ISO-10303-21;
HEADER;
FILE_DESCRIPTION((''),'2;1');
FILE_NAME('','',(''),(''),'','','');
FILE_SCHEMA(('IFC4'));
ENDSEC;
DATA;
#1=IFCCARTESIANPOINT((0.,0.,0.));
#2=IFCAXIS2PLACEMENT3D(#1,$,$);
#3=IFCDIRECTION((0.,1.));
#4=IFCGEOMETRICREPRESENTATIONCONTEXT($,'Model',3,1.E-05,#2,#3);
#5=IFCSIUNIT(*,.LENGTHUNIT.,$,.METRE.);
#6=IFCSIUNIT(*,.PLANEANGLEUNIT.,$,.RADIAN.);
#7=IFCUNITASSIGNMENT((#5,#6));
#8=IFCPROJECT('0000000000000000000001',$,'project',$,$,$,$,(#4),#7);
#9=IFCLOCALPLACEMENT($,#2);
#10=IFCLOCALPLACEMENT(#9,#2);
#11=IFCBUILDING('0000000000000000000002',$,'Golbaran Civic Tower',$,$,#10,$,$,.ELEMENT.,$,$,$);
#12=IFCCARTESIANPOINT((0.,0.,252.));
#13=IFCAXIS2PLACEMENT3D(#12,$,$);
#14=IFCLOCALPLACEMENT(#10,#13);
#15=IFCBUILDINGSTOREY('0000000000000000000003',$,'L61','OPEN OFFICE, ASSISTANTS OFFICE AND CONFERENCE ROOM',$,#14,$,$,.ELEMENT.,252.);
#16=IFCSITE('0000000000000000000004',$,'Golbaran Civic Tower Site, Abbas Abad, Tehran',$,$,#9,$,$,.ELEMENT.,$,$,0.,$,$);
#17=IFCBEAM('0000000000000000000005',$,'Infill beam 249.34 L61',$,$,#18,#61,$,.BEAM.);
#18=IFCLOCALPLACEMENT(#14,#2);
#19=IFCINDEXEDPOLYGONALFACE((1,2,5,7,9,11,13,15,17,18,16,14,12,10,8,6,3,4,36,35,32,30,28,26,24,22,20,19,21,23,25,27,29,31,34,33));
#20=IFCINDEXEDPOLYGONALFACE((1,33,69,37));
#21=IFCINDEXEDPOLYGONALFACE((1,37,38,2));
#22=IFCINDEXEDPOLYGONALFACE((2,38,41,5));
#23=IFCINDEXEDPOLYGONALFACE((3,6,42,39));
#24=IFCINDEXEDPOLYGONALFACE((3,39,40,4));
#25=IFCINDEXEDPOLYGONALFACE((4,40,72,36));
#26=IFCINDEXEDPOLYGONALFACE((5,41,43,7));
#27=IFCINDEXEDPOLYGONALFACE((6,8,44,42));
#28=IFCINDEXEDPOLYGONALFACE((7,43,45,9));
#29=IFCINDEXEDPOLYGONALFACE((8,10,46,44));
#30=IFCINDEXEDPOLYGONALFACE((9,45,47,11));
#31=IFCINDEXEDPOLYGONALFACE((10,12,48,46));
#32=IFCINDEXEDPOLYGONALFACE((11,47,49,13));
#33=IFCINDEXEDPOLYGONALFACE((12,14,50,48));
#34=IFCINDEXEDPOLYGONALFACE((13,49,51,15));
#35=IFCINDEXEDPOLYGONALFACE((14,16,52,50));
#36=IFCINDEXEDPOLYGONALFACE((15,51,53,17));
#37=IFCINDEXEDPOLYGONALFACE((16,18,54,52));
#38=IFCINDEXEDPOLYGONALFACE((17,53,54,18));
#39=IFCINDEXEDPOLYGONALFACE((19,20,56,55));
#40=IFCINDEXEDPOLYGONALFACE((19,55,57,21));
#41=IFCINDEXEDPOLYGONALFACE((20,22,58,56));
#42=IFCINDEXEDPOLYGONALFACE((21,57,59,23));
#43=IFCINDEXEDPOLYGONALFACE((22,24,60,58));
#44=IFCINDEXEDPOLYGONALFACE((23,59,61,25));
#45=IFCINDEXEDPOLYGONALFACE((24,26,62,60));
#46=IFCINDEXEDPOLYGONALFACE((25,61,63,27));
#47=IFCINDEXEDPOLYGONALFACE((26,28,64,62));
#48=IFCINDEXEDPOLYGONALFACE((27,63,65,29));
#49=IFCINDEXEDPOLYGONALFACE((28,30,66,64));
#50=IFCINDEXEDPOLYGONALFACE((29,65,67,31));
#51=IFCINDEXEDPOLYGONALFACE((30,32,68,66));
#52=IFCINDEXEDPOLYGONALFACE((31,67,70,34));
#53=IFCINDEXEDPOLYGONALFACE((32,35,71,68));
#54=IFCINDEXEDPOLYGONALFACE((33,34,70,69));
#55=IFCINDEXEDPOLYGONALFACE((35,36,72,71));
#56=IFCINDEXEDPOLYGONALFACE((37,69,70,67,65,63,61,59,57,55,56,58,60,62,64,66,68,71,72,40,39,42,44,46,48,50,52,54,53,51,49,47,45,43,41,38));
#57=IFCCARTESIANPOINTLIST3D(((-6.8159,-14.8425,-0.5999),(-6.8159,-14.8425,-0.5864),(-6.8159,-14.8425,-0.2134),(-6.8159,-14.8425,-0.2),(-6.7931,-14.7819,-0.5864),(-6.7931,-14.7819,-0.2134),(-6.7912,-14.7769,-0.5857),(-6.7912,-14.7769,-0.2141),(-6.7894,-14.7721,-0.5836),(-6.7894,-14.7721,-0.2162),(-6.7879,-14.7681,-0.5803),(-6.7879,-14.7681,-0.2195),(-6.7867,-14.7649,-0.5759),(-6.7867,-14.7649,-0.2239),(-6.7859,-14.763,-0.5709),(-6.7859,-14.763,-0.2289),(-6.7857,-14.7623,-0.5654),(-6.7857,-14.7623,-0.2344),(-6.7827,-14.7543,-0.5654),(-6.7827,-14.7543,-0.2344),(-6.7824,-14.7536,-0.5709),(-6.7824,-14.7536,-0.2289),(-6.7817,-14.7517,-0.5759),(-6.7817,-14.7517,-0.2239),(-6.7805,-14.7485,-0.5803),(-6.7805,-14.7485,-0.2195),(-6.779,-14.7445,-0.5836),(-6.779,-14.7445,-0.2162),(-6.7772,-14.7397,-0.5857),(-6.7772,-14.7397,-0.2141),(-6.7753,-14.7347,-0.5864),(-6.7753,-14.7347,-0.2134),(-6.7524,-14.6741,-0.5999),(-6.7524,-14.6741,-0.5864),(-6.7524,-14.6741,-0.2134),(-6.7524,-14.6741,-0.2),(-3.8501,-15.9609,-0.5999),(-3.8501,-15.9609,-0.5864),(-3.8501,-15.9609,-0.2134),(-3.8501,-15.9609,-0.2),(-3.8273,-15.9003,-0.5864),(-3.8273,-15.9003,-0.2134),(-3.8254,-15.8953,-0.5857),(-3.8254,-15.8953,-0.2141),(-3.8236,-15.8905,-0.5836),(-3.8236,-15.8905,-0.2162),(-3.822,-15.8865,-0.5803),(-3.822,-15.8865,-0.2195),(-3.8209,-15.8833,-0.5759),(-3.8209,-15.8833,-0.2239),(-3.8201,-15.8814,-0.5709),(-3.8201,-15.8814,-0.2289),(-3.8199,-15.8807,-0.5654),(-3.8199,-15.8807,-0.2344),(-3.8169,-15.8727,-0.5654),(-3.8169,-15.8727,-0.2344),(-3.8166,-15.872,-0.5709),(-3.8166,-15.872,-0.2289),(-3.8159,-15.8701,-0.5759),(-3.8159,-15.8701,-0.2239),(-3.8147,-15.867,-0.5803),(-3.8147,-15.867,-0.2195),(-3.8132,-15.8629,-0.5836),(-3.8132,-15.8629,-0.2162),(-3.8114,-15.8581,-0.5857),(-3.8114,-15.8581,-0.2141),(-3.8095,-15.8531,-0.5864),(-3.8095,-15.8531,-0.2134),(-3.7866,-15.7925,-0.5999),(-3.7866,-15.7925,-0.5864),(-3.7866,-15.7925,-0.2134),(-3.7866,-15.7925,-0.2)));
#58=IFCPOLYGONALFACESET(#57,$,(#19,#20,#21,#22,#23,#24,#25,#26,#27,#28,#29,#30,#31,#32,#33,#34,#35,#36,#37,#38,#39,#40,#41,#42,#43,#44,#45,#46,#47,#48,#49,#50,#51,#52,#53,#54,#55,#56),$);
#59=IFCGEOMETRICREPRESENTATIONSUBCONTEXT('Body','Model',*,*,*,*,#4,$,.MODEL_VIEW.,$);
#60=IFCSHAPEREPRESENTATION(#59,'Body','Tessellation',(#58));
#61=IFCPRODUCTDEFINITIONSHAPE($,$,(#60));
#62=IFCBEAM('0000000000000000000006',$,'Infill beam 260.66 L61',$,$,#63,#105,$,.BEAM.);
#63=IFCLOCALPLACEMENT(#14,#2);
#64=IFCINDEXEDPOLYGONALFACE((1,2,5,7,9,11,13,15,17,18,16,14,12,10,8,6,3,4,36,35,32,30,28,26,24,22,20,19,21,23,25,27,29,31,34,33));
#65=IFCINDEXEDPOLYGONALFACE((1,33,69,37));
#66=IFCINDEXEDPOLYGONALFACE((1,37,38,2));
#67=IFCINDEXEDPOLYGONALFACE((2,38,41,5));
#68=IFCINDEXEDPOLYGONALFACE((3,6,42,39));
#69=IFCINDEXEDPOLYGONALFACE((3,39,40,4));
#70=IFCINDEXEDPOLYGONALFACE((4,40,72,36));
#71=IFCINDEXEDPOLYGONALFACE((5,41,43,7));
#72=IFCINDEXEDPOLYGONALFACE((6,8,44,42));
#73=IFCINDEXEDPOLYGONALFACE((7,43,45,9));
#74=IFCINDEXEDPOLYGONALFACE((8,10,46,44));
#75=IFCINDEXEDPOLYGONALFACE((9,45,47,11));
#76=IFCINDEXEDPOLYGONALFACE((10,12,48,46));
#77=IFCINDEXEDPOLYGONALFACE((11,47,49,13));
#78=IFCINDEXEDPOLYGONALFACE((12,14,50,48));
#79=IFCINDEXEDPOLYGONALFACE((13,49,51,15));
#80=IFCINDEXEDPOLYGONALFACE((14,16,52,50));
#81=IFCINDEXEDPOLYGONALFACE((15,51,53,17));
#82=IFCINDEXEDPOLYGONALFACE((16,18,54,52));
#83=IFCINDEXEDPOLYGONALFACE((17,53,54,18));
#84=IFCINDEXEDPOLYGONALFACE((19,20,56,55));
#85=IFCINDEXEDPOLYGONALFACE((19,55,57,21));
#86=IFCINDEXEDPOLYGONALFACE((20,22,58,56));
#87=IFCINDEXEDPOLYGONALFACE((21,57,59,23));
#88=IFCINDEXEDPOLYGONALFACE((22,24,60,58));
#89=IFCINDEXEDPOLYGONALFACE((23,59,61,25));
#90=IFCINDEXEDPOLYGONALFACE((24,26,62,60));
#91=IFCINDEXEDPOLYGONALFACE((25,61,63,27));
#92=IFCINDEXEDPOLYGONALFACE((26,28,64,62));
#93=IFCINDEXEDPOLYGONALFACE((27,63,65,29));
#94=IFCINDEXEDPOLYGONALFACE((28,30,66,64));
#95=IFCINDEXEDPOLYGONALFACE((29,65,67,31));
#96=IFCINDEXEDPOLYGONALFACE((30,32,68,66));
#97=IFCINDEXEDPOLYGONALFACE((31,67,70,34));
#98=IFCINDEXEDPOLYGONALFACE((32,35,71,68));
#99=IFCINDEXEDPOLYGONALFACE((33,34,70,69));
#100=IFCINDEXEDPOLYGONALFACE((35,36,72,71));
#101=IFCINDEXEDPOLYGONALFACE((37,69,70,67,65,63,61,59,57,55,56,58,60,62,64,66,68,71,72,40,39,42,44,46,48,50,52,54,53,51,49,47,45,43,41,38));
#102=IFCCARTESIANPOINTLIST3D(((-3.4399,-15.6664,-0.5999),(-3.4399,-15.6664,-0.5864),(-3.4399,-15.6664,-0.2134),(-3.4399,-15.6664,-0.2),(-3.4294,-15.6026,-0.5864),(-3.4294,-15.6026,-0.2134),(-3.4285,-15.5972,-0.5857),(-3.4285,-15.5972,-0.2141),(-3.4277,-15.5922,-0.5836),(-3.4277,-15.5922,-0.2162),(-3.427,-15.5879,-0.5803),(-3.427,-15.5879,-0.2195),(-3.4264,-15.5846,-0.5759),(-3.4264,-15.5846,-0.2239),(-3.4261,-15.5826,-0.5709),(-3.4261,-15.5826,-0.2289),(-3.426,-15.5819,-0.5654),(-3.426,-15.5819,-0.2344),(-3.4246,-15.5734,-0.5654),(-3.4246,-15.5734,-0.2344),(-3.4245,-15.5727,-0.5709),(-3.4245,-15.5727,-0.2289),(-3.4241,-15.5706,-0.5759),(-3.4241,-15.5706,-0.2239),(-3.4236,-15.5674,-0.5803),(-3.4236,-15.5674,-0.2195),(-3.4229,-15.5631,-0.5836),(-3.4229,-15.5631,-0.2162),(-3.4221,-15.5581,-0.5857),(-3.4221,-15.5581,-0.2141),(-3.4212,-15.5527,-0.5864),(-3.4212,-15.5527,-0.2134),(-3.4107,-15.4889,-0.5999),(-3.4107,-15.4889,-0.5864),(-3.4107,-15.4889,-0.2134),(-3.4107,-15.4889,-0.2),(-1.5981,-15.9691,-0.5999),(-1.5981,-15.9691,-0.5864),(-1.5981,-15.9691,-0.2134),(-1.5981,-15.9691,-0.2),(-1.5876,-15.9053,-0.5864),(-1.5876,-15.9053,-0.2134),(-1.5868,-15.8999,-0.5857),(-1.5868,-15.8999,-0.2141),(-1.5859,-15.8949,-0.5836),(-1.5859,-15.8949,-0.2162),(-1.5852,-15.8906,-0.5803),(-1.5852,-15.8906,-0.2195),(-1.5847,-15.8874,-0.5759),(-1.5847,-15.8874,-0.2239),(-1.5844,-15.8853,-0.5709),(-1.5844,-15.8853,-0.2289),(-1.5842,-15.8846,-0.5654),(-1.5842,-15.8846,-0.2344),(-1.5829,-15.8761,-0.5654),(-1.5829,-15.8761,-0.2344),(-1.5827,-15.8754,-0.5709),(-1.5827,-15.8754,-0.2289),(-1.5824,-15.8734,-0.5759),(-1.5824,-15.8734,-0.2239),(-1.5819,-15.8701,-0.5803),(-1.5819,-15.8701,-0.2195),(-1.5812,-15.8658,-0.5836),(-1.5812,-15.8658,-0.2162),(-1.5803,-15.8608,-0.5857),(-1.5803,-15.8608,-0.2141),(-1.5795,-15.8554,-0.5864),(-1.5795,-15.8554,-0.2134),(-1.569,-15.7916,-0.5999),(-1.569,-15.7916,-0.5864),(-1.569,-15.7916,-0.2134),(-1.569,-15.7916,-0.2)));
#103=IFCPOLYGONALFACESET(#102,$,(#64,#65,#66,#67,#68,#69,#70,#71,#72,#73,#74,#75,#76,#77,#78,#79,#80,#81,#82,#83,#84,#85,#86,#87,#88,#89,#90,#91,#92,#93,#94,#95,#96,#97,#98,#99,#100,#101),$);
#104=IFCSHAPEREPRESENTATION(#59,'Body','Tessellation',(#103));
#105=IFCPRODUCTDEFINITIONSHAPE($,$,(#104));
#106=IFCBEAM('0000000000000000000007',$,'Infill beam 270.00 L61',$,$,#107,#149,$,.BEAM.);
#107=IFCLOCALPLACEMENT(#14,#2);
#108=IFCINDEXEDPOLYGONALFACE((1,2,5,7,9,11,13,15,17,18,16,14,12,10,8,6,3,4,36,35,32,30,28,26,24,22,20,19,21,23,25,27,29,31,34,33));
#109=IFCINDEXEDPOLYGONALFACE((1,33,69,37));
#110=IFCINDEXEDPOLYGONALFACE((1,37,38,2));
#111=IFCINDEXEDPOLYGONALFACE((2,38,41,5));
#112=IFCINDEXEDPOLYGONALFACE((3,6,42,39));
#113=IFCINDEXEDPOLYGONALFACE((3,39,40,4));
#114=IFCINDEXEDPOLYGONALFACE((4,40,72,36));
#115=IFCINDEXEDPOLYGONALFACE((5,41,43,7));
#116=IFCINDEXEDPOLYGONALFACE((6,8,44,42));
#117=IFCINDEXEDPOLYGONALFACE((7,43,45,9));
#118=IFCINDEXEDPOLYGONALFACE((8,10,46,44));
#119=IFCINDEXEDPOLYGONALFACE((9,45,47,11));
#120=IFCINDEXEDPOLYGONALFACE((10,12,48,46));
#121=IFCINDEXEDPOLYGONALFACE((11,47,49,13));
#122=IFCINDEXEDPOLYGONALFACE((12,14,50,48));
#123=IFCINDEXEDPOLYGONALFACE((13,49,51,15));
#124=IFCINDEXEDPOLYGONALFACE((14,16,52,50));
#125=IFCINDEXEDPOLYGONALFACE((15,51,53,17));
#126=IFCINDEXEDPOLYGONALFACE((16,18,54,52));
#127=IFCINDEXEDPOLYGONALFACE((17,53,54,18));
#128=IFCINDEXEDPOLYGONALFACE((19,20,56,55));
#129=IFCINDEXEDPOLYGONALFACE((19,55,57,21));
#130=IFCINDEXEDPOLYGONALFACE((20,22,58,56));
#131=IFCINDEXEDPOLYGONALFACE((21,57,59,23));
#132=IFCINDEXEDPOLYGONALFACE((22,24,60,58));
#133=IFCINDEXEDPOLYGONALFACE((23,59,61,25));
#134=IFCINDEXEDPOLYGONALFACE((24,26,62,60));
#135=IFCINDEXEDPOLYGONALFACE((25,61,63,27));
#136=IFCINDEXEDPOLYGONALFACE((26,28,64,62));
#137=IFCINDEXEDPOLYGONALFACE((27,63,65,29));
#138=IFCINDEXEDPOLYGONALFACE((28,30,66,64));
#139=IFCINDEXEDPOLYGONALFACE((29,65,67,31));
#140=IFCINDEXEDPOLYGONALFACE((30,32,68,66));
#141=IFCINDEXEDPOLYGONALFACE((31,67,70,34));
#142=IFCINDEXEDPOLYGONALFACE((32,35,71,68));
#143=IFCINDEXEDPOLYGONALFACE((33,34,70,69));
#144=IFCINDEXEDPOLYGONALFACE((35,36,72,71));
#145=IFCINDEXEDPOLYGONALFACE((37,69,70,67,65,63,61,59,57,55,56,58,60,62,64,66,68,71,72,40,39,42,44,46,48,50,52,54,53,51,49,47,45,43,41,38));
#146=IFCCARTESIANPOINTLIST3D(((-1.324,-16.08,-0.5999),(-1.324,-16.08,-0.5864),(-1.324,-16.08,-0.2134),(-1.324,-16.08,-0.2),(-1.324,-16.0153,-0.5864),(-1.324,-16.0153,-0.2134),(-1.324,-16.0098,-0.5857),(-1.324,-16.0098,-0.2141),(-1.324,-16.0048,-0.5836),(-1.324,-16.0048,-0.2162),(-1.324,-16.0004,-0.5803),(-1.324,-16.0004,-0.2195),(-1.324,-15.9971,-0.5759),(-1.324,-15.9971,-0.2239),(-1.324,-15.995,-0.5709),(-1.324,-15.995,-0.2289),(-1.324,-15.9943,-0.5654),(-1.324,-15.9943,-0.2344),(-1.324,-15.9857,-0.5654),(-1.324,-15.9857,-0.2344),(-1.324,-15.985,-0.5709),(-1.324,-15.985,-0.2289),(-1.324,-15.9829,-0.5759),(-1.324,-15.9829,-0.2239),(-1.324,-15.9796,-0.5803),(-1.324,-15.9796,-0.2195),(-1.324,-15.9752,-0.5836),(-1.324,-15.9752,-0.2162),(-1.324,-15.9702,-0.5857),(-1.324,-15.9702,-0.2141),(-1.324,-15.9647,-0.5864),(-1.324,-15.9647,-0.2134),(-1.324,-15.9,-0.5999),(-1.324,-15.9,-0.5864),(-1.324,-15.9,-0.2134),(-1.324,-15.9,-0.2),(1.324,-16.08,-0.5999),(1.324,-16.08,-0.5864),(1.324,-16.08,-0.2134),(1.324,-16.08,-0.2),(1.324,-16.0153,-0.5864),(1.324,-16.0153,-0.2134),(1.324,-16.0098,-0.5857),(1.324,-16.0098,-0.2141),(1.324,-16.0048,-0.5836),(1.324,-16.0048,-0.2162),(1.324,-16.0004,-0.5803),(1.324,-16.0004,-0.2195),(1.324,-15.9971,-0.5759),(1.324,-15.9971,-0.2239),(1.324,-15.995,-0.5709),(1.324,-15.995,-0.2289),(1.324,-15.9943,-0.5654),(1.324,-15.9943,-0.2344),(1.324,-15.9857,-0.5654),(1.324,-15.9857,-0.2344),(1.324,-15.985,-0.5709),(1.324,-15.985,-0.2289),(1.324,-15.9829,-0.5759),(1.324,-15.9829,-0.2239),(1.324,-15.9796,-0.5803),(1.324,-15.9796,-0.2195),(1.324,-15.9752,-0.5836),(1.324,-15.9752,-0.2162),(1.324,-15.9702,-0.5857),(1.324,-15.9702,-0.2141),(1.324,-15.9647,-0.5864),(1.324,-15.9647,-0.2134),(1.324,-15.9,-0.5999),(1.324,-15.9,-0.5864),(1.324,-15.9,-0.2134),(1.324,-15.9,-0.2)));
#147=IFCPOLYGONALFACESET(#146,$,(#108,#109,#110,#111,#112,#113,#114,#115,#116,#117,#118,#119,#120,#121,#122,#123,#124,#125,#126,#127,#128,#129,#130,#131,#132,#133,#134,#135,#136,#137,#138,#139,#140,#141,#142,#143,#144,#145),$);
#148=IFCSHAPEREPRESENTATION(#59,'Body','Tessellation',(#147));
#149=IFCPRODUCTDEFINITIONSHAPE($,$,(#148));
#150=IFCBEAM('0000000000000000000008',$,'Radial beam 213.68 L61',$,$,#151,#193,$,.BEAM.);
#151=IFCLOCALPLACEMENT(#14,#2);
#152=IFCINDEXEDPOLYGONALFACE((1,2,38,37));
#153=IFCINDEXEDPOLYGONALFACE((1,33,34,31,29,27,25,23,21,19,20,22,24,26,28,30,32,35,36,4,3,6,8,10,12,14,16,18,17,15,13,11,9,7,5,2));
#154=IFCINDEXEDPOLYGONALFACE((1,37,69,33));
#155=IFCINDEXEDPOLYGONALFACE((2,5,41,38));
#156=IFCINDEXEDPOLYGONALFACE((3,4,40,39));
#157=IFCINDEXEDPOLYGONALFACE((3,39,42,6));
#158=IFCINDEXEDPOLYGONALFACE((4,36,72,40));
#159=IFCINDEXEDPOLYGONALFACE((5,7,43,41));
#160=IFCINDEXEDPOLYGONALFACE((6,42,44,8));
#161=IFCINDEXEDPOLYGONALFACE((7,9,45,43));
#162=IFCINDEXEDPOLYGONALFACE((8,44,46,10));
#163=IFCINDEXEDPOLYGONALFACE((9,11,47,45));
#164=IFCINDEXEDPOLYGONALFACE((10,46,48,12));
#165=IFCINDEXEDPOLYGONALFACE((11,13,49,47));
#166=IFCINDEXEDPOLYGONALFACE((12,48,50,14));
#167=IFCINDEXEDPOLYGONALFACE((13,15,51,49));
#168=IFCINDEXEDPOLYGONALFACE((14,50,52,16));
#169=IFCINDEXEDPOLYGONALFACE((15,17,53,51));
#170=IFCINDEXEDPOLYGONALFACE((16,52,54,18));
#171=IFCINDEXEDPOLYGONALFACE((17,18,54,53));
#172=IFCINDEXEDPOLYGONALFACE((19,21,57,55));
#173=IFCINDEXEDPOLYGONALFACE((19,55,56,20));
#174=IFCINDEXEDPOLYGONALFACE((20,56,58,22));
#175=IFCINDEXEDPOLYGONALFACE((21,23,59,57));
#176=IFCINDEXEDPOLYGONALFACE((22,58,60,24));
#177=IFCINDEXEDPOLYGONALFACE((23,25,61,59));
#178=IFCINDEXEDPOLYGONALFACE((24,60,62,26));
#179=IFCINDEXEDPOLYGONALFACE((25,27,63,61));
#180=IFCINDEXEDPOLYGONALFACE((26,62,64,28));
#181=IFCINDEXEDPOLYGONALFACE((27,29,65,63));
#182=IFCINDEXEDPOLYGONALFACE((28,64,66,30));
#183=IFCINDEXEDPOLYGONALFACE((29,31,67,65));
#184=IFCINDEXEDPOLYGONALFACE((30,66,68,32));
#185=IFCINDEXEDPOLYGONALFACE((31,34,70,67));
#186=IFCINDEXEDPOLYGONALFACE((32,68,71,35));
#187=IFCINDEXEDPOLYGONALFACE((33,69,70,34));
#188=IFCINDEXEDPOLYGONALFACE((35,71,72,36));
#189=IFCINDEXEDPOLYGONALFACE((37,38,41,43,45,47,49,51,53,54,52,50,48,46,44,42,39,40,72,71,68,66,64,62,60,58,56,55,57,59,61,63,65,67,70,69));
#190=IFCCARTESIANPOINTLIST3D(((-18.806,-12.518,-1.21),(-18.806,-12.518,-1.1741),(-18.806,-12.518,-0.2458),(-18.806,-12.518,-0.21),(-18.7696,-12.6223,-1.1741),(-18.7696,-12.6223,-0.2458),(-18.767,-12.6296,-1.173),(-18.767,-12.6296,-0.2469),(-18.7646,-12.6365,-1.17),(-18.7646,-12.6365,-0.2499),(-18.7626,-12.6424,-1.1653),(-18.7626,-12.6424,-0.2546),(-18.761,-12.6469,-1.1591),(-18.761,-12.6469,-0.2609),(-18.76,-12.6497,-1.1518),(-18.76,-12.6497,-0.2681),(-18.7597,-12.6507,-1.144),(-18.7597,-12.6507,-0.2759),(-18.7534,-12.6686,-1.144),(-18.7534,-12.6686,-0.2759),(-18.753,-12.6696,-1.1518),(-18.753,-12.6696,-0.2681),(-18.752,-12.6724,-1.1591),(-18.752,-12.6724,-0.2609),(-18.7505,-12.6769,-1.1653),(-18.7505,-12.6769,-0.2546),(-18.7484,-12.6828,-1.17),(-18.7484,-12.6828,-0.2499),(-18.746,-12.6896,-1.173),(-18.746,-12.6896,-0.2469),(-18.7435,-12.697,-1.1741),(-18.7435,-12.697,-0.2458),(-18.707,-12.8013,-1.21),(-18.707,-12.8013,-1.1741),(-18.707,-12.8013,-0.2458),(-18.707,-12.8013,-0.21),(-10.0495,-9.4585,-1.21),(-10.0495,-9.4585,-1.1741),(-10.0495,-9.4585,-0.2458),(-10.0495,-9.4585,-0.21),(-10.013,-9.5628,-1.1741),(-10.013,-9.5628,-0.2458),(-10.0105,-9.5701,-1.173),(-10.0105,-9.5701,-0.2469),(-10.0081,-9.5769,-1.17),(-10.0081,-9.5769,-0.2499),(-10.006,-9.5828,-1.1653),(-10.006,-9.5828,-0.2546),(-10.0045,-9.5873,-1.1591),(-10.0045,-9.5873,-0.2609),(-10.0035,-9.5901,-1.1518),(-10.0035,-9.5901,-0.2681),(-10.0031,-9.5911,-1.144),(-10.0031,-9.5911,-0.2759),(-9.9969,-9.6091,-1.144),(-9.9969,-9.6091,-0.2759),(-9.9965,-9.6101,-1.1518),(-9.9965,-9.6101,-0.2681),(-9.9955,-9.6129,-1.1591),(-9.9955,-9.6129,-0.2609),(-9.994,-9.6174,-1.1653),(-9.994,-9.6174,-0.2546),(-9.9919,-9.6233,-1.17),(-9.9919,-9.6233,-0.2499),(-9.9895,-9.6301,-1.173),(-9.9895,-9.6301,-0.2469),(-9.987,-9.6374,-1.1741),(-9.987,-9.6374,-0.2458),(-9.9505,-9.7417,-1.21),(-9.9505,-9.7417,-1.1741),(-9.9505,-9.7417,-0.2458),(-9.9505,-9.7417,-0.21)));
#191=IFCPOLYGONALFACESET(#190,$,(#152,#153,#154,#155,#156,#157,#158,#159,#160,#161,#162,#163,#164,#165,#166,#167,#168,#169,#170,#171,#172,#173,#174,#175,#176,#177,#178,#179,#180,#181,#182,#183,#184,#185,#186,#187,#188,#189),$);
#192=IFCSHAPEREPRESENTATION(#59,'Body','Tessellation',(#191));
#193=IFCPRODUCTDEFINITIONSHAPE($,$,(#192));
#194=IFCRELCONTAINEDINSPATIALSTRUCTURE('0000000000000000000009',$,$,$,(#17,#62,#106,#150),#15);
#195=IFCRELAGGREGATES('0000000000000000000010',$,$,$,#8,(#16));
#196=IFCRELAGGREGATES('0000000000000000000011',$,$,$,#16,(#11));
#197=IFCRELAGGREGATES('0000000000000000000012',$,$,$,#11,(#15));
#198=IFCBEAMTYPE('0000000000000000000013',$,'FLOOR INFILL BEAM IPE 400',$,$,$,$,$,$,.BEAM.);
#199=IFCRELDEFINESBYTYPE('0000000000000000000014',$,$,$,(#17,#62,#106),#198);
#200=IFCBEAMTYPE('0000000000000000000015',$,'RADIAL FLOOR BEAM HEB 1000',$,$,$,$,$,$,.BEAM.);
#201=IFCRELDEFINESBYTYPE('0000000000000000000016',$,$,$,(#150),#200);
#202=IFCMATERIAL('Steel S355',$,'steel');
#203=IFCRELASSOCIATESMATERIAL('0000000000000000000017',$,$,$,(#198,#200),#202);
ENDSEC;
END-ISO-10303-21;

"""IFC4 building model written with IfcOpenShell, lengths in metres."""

from ifc_helpers import new_model, si_unit, direction, frame, origin, origin_2d, place, context, subcontext, project, spatial, i_section, extrude, material, material_profile, profile_set, type_object, element, save


model = new_model("IFC4")

# Units and contexts
model_context = context("Model", 3, precision=1e-05, world=origin(), true_north=direction((0.0, 1.0)))
body_context = subcontext(model_context, "Body", "Model", "MODEL_VIEW")
ifc_project = project(units=[si_unit("LENGTHUNIT", "METRE"), si_unit("PLANEANGLEUNIT", "RADIAN")], contexts=[model_context])

# Site, building, storey
site_placement = place(None, origin())
site = spatial("IfcSite", under=ifc_project, at=site_placement, Name="Golbaran Civic Tower Site, Abbas Abad, Tehran", CompositionType="ELEMENT", RefElevation=0.0)
building_placement = place(site_placement, origin())
building = spatial("IfcBuilding", under=site, at=building_placement, Name="Golbaran Civic Tower", CompositionType="ELEMENT")
storey_placement = place(building_placement, frame((0.0, 0.0, 252.0)))
storey = spatial("IfcBuildingStorey", under=building, at=storey_placement, Name="L61", Description="OPEN OFFICE, ASSISTANTS OFFICE AND CONFERENCE ROOM", CompositionType="ELEMENT", Elevation=252.0)

# Beams
ifc_material_1 = material(Name="Steel S355", Category="steel")
ifc_material_profile_1 = material_profile(ifc_material_1, i_section(OverallWidth=0.1799, OverallDepth=0.3999, WebThickness=0.0085, FlangeThickness=0.0134, FilletRadius=0.021, at=origin_2d()), Name="IPE 400")
ifc_profile_set_1 = profile_set([ifc_material_profile_1], Name="Steel S355")
beam_type_1 = type_object("IfcBeamType", Name="FLOOR INFILL BEAM IPE 400", PredefinedType="BEAM", material=ifc_profile_set_1)
beam_1_placement = place(storey_placement, frame((-6.7842, -14.7583, -0.3999), z_axis=(0.935682, -0.352845, 0.0), x_axis=(0.352845, 0.935682, 0.0)))
element("IfcBeam", 1, at=beam_1_placement, inside=storey, type_object=beam_type_1, Name="Infill beam 249.34 L61", PredefinedType="BEAM", context=body_context, shape_type="SweptSolid", body=[
    extrude(i_section(OverallWidth=0.1799, OverallDepth=0.3999, WebThickness=0.0085, FlangeThickness=0.0134, FilletRadius=0.021, at=origin_2d()), origin(), (0.0, 0.0, 1.0), 3.1697),
])
beam_2_placement = place(storey_placement, frame((-3.4253, -15.5776, -0.3999), z_axis=(0.986759, -0.162193, 0.0), x_axis=(0.162193, 0.986759, 0.0)))
element("IfcBeam", 2, at=beam_2_placement, inside=storey, type_object=beam_type_1, Name="Infill beam 260.66 L61", PredefinedType="BEAM", context=body_context, shape_type="SweptSolid", body=[
    extrude(i_section(OverallWidth=0.1799, OverallDepth=0.3999, WebThickness=0.0085, FlangeThickness=0.0134, FilletRadius=0.021, at=origin_2d()), origin(), (0.0, 0.0, 1.0), 1.8665),
])
beam_3_placement = place(storey_placement, frame((-1.324, -15.99, -0.3999), z_axis=(1.0, 0.0, 0.0), x_axis=(0.0, 1.0, 0.0)))
element("IfcBeam", 3, at=beam_3_placement, inside=storey, type_object=beam_type_1, Name="Infill beam 270.00 L61", PredefinedType="BEAM", context=body_context, shape_type="SweptSolid", body=[
    extrude(i_section(OverallWidth=0.1799, OverallDepth=0.3999, WebThickness=0.0085, FlangeThickness=0.0134, FilletRadius=0.021, at=origin_2d()), origin(), (0.0, 0.0, 1.0), 2.6479),
])
ifc_material_profile_2 = material_profile(ifc_material_1, i_section(OverallWidth=0.3, OverallDepth=1.0, WebThickness=0.019, FlangeThickness=0.0359, FilletRadius=0.03, at=origin_2d()), Name="HEB 1000")
ifc_profile_set_2 = profile_set([ifc_material_profile_2], Name="Steel S355")
beam_type_2 = type_object("IfcBeamType", Name="RADIAL FLOOR BEAM HEB 1000", PredefinedType="BEAM", material=ifc_profile_set_2)
beam_4_placement = place(storey_placement, frame((-10.0, -9.6001, -0.71), z_axis=(-0.944034, -0.329847, 0.0), x_axis=(0.329847, -0.944034, 0.0)))
element("IfcBeam", 4, at=beam_4_placement, inside=storey, type_object=beam_type_2, Name="Radial beam 213.68 L61", PredefinedType="BEAM", context=body_context, shape_type="SweptSolid", body=[
    extrude(i_section(OverallWidth=0.3, OverallDepth=1.0, WebThickness=0.019, FlangeThickness=0.0359, FilletRadius=0.03, at=origin_2d()), origin(), (0.0, 0.0, 1.0), 9.2756),
])

save(model, "model.ifc")
